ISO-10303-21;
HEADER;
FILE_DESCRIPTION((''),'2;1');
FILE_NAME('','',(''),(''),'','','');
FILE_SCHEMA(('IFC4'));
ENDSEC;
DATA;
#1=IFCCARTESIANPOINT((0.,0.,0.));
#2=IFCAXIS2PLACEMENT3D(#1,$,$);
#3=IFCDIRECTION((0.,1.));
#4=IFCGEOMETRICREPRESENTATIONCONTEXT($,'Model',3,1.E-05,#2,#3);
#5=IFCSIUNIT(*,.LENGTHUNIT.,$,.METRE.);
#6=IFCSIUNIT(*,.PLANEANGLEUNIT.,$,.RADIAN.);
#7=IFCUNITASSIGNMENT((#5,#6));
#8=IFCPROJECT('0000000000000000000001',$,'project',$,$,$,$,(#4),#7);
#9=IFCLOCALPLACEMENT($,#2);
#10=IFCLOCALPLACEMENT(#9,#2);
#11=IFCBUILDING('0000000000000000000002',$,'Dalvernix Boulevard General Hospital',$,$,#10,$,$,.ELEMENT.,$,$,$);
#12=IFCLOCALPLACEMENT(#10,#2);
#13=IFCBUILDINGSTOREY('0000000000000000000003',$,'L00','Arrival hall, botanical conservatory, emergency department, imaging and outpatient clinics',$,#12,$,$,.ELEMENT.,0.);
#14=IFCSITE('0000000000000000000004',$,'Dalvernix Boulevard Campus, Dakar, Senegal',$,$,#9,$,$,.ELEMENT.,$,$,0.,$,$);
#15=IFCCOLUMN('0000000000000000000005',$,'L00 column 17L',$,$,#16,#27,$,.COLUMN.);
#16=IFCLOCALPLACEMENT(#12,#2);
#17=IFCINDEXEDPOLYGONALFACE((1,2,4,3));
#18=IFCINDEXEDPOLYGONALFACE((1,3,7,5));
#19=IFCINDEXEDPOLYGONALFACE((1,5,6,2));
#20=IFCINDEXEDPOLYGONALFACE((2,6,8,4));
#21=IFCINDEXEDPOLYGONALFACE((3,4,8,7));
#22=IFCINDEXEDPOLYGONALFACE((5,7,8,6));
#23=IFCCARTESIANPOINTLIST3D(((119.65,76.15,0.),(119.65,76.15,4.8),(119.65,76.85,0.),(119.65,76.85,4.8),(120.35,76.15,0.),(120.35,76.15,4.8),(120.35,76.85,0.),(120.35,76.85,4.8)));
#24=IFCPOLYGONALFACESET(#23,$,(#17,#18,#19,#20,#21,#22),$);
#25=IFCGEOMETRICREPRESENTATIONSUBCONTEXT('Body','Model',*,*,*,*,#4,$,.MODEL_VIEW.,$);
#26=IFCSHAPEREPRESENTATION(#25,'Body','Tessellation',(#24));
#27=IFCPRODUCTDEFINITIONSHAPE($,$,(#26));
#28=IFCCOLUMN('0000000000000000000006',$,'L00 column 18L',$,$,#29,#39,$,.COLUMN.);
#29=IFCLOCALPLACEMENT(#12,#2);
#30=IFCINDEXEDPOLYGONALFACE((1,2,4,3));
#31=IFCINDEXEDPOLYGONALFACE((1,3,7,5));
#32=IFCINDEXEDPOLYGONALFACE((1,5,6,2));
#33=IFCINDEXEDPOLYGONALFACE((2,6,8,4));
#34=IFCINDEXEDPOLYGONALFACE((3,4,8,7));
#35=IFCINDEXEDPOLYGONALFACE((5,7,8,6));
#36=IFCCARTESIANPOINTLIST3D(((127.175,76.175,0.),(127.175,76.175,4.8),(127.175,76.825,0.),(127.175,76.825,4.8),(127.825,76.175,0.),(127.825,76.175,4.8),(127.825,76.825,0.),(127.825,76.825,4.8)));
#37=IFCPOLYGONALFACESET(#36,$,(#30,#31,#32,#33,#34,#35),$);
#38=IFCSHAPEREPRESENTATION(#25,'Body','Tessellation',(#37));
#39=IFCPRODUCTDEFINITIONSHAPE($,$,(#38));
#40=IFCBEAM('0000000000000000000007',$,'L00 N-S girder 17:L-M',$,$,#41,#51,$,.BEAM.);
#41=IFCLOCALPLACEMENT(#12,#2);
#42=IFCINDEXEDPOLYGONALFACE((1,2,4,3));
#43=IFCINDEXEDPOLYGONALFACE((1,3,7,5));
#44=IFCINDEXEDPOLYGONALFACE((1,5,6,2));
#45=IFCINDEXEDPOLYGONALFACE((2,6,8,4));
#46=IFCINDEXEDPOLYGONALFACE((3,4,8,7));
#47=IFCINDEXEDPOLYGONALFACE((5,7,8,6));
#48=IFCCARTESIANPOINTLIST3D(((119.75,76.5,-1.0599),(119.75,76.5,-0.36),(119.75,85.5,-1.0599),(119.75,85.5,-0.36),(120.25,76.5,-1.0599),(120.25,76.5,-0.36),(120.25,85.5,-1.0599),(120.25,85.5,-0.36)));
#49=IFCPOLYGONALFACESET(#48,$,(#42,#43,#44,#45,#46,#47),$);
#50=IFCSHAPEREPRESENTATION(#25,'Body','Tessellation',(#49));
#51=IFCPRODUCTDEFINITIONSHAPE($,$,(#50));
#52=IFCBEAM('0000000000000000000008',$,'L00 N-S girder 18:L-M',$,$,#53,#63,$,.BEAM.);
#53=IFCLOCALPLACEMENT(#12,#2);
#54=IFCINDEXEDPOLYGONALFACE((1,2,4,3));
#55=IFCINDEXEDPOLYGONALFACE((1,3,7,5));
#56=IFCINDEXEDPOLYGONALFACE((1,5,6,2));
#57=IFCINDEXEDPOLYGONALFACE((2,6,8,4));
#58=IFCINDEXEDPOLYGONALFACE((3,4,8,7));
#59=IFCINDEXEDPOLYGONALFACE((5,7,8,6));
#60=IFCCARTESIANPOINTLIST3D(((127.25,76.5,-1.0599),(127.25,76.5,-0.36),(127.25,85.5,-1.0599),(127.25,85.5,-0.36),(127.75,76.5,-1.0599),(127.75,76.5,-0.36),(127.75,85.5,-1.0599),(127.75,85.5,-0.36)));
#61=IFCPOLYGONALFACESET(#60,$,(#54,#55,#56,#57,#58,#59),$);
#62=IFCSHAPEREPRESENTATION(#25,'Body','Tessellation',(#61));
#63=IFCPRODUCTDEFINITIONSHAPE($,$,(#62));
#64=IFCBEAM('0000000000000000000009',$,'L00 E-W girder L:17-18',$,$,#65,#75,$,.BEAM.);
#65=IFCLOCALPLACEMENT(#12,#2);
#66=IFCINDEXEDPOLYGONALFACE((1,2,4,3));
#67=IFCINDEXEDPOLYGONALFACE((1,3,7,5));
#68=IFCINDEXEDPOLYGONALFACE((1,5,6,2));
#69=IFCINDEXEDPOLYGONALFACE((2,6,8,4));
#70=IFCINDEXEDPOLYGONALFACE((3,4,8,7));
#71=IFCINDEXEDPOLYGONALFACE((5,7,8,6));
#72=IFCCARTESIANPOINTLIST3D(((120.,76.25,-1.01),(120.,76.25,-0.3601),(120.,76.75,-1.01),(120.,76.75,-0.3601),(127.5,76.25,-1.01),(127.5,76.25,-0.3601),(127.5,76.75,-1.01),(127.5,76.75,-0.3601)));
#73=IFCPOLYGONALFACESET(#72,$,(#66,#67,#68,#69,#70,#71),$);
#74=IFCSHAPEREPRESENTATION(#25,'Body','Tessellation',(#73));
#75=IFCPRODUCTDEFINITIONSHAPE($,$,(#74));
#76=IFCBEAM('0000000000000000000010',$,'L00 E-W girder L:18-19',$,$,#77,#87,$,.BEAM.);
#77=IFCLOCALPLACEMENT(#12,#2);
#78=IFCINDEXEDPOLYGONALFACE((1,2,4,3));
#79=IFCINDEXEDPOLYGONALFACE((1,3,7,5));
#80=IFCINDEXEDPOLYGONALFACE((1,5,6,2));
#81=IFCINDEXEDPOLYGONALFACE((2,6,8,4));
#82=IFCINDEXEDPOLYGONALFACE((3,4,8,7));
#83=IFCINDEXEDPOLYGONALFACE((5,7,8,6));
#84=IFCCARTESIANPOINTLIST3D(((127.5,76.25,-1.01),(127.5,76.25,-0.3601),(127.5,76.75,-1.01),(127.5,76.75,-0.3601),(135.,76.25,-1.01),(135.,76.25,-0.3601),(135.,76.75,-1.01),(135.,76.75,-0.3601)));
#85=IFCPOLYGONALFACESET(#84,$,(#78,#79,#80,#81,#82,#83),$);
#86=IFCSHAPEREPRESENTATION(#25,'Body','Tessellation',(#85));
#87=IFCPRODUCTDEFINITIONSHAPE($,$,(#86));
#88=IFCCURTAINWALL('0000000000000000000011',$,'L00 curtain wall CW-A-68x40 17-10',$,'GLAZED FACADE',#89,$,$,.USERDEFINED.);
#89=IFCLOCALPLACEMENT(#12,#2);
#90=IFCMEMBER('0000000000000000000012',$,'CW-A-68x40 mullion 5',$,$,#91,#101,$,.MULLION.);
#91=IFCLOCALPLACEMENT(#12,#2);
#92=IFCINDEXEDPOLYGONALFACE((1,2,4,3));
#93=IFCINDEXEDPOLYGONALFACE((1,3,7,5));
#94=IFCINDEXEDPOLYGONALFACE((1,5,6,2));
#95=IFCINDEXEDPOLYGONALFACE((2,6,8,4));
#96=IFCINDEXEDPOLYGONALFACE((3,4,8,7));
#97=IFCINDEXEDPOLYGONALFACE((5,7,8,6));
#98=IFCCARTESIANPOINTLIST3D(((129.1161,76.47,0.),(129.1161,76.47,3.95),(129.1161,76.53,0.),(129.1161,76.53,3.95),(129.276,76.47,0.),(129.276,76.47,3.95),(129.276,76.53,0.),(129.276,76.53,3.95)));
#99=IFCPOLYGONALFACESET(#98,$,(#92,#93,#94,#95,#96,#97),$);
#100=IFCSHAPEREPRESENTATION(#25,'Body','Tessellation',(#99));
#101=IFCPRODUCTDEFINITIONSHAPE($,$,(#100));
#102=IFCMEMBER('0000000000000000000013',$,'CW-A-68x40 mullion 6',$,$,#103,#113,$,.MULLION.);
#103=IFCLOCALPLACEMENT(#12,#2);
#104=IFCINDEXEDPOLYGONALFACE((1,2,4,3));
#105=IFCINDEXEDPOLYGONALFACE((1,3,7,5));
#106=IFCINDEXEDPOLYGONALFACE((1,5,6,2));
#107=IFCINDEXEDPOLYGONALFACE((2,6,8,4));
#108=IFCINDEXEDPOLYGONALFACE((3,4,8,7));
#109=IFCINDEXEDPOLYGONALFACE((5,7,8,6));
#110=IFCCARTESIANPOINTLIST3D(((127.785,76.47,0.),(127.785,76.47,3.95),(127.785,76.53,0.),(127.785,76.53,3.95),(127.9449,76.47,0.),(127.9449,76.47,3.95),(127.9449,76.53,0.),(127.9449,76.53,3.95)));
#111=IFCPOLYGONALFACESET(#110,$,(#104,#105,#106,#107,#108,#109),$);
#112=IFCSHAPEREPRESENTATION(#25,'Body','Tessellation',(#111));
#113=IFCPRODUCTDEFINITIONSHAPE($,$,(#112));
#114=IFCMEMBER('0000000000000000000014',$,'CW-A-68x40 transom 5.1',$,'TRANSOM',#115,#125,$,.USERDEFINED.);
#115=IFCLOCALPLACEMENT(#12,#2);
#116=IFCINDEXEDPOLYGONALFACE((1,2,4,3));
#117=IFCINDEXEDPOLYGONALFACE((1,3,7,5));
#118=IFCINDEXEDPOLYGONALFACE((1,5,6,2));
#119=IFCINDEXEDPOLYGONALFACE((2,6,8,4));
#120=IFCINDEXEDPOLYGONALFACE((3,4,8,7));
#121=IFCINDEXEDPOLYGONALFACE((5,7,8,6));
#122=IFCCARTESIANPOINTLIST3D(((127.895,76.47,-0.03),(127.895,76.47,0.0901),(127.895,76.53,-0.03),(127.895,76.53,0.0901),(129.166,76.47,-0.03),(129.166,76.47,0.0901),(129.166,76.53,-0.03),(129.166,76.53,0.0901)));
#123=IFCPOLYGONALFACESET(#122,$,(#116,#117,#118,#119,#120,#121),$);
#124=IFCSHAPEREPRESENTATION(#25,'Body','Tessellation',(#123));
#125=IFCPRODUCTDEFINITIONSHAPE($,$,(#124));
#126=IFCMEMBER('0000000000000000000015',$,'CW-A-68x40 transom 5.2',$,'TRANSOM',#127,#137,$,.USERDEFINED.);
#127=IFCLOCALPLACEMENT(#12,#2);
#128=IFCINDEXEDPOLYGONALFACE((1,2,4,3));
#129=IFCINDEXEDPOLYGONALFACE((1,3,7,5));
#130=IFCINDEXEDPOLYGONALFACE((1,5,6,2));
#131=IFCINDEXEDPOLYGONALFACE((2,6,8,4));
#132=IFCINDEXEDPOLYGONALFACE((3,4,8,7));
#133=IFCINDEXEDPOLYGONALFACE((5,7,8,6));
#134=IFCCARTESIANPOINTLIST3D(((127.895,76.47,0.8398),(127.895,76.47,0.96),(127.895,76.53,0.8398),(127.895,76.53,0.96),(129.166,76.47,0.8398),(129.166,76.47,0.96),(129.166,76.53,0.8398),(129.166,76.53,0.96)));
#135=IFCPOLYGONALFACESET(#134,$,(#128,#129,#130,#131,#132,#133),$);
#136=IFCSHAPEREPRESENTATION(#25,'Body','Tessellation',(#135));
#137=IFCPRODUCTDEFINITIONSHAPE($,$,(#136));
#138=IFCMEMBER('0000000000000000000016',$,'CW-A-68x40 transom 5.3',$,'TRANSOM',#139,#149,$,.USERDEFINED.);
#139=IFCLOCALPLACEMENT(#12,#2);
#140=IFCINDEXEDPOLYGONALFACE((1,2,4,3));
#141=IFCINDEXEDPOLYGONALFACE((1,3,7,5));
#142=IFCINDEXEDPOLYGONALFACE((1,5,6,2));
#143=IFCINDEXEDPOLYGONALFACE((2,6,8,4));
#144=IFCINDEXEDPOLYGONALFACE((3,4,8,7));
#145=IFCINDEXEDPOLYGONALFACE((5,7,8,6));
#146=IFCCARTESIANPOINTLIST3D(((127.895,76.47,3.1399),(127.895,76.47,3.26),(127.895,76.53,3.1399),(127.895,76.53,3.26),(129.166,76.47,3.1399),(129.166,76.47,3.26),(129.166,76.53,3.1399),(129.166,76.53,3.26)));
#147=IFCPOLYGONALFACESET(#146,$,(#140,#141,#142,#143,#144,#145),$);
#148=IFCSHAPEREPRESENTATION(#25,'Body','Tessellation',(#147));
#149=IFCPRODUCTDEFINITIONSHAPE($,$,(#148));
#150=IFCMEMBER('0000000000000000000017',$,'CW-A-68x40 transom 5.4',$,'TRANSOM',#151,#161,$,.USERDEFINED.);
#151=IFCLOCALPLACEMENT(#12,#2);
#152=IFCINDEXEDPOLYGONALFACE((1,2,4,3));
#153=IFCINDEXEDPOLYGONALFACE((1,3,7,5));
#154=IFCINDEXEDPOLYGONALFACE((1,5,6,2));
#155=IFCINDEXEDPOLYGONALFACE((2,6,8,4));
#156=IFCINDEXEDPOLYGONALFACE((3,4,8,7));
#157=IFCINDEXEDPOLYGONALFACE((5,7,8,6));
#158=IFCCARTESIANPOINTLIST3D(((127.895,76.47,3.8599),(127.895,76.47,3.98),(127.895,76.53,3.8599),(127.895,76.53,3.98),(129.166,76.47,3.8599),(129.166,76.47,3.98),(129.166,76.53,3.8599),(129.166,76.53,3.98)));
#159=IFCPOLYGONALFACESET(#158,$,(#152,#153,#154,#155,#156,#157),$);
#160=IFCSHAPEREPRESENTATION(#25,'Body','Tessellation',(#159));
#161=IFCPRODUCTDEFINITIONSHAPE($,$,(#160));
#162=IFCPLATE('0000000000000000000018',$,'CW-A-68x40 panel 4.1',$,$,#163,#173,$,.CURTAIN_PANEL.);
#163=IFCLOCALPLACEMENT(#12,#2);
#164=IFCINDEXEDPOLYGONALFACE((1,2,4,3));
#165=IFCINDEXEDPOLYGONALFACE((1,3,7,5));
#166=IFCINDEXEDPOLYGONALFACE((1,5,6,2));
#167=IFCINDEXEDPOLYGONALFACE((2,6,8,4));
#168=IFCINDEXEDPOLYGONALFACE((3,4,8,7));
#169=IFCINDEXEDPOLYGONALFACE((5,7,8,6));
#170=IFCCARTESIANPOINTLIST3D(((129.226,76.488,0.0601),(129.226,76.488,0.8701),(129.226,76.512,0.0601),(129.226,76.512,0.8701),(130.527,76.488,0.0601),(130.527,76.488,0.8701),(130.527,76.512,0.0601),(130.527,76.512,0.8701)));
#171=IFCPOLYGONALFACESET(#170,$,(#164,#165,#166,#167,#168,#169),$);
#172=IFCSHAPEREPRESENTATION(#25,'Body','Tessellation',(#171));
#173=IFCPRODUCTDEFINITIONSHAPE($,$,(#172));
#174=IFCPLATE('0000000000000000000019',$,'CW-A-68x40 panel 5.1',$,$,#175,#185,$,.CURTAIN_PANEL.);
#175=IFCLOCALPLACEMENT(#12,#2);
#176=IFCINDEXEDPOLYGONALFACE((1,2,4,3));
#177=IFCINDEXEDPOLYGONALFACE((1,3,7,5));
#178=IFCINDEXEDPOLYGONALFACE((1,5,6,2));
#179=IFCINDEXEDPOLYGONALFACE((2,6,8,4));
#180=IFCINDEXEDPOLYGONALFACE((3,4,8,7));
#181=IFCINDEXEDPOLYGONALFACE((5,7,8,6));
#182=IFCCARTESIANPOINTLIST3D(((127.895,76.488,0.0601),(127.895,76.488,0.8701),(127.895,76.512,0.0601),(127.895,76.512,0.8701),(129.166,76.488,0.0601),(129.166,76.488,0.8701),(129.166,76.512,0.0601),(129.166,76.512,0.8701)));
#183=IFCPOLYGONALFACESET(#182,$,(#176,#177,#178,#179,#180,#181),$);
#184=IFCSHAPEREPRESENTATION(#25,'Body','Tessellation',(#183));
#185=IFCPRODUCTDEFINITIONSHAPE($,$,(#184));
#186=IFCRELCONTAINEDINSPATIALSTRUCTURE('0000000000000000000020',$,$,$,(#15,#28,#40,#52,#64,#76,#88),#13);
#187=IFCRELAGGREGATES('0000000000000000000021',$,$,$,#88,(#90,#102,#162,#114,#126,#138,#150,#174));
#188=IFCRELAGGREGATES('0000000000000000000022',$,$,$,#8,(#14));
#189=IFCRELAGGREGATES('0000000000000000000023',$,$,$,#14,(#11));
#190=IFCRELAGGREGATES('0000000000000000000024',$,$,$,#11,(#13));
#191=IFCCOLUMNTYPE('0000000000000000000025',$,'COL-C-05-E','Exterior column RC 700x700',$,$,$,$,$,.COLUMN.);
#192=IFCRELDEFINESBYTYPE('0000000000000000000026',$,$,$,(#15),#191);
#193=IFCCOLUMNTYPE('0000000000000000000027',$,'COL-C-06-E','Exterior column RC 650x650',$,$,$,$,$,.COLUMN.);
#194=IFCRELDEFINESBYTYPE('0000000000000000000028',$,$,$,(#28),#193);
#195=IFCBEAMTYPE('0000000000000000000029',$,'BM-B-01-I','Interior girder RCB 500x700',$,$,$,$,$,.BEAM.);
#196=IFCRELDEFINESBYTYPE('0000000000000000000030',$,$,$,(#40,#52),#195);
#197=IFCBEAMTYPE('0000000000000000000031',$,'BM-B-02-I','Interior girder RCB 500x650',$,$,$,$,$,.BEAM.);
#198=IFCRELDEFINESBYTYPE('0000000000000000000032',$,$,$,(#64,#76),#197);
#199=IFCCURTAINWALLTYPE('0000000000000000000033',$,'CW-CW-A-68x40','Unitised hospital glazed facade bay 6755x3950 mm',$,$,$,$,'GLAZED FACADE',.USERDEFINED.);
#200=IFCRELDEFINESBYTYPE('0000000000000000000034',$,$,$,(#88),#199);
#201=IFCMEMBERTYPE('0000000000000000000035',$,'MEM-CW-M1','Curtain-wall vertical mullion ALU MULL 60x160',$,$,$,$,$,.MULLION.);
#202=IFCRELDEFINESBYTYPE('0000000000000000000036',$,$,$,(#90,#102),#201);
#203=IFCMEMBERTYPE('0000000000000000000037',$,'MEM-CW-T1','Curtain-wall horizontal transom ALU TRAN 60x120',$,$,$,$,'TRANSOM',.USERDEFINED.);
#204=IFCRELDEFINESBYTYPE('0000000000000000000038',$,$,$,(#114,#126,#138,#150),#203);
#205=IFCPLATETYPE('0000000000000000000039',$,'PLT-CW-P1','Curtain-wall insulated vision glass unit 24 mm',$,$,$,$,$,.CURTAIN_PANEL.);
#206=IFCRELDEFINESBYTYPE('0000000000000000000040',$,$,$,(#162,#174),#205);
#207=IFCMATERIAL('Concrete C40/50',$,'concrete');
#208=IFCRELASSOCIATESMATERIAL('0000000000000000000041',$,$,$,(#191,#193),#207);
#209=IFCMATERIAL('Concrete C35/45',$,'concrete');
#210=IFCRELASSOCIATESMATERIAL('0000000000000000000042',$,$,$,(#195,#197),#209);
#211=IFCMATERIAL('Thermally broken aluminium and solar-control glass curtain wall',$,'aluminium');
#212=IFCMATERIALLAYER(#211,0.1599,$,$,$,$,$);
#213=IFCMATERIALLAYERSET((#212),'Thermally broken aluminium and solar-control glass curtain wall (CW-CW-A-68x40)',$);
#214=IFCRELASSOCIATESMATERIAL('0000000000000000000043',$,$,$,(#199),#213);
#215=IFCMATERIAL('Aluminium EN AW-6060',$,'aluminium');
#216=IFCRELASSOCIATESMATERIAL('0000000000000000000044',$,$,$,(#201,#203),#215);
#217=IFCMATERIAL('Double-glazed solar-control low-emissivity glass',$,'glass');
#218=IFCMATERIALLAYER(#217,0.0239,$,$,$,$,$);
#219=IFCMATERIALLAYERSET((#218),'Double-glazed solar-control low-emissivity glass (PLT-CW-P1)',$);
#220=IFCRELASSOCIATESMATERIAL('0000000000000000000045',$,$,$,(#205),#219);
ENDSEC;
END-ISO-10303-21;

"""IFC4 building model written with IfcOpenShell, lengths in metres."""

from ifc_helpers import new_model, si_unit, direction, frame, origin, origin_2d, place, context, subcontext, project, spatial, rectangle, extrude, material, layer, layer_set, material_profile, profile_set, type_object, element, aggregate, save


model = new_model("IFC4")

# Units and contexts
model_context = context("Model", 3, precision=1e-05, world=origin(), true_north=direction((0.0, 1.0)))
body_context = subcontext(model_context, "Body", "Model", "MODEL_VIEW")
ifc_project = project(units=[si_unit("LENGTHUNIT", "METRE"), si_unit("PLANEANGLEUNIT", "RADIAN")], contexts=[model_context])

# Site, building, storey
site_placement = place(None, origin())
site = spatial("IfcSite", under=ifc_project, at=site_placement, Name="Dalvernix Boulevard Campus, Dakar, Senegal", CompositionType="ELEMENT", RefElevation=0.0)
building_placement = place(site_placement, origin())
building = spatial("IfcBuilding", under=site, at=building_placement, Name="Dalvernix Boulevard General Hospital", CompositionType="ELEMENT")
storey_placement = place(building_placement, origin())
storey = spatial("IfcBuildingStorey", under=building, at=storey_placement, Name="L00", Description="Arrival hall, botanical conservatory, emergency department, imaging and outpatient clinics", CompositionType="ELEMENT", Elevation=0.0)

# Columns
ifc_material_1 = material(Name="Concrete C40/50", Category="concrete")
ifc_material_profile_1 = material_profile(ifc_material_1, rectangle(XDim=0.7, YDim=0.7, at=origin_2d()), Name="RC 700x700")
ifc_profile_set_1 = profile_set([ifc_material_profile_1], Name="Concrete C40/50")
column_type_1 = type_object("IfcColumnType", Name="COL-C-05-E", Description="Exterior column RC 700x700", PredefinedType="COLUMN", material=ifc_profile_set_1)
column_1_placement = place(storey_placement, frame((120.0, 76.5, 0.0), z_axis=(0.0, 0.0, 1.0), x_axis=(1.0, 0.0, 0.0)))
element("IfcColumn", 1, at=column_1_placement, inside=storey, type_object=column_type_1, Name="L00 column 17L", PredefinedType="COLUMN", context=body_context, shape_type="SweptSolid", body=[
    extrude(rectangle(XDim=0.7, YDim=0.7, at=origin_2d()), origin(), (0.0, 0.0, 1.0), 4.8),
])
ifc_material_profile_2 = material_profile(ifc_material_1, rectangle(XDim=0.6499, YDim=0.6499, at=origin_2d()), Name="RC 650x650")
ifc_profile_set_2 = profile_set([ifc_material_profile_2], Name="Concrete C40/50")
column_type_2 = type_object("IfcColumnType", Name="COL-C-06-E", Description="Exterior column RC 650x650", PredefinedType="COLUMN", material=ifc_profile_set_2)
column_2_placement = place(storey_placement, frame((127.5, 76.5, 0.0), z_axis=(0.0, 0.0, 1.0), x_axis=(1.0, 0.0, 0.0)))
element("IfcColumn", 2, at=column_2_placement, inside=storey, type_object=column_type_2, Name="L00 column 18L", PredefinedType="COLUMN", context=body_context, shape_type="SweptSolid", body=[
    extrude(rectangle(XDim=0.6499, YDim=0.6499, at=origin_2d()), origin(), (0.0, 0.0, 1.0), 4.8),
])

# Beams
ifc_material_2 = material(Name="Concrete C35/45", Category="concrete")
ifc_material_profile_3 = material_profile(ifc_material_2, rectangle(XDim=0.5, YDim=0.7, at=origin_2d()), Name="RCB 500x700")
ifc_profile_set_3 = profile_set([ifc_material_profile_3], Name="Concrete C35/45")
beam_type_1 = type_object("IfcBeamType", Name="BM-B-01-I", Description="Interior girder RCB 500x700", PredefinedType="BEAM", material=ifc_profile_set_3)
for number, where, z_axis, x_axis, name in (
    (3, (120.0, 76.5, -0.71), (0.0, 1.0, 0.0), (-1.0, 0.0, 0.0), "L00 N-S girder 17:L-M"),
    (4, (127.5, 76.5, -0.71), (0.0, 1.0, 0.0), (-1.0, 0.0, 0.0), "L00 N-S girder 18:L-M"),
):
    element("IfcBeam", number, at=place(storey_placement, frame(where, z_axis=z_axis, x_axis=x_axis)), inside=storey, type_object=beam_type_1, Name=name, PredefinedType="BEAM", context=body_context, shape_type="SweptSolid", body=[
        extrude(rectangle(XDim=0.5, YDim=0.7, at=origin_2d()), origin(), (0.0, 0.0, 1.0), 9.0),
    ])
ifc_material_profile_4 = material_profile(ifc_material_2, rectangle(XDim=0.5, YDim=0.6499, at=origin_2d()), Name="RCB 500x650")
ifc_profile_set_4 = profile_set([ifc_material_profile_4], Name="Concrete C35/45")
beam_type_2 = type_object("IfcBeamType", Name="BM-B-02-I", Description="Interior girder RCB 500x650", PredefinedType="BEAM", material=ifc_profile_set_4)
for number, where, z_axis, x_axis, name in (
    (5, (120.0, 76.5, -0.6851), (1.0, 0.0, 0.0), (0.0, 1.0, 0.0), "L00 E-W girder L:17-18"),
    (6, (127.5, 76.5, -0.6851), (1.0, 0.0, 0.0), (0.0, 1.0, 0.0), "L00 E-W girder L:18-19"),
):
    element("IfcBeam", number, at=place(storey_placement, frame(where, z_axis=z_axis, x_axis=x_axis)), inside=storey, type_object=beam_type_2, Name=name, PredefinedType="BEAM", context=body_context, shape_type="SweptSolid", body=[
        extrude(rectangle(XDim=0.5, YDim=0.6499, at=origin_2d()), origin(), (0.0, 0.0, 1.0), 7.5),
    ])

# Curtain wall, members, plates
ifc_material_3 = material(Name="Thermally broken aluminium and solar-control glass curtain wall", Category="aluminium")
ifc_layer_1 = layer(ifc_material_3, 0.1599)
ifc_layer_set_1 = layer_set([ifc_layer_1], Name="Thermally broken aluminium and solar-control glass curtain wall (CW-CW-A-68x40)")
curtain_wall_type = type_object("IfcCurtainWallType", Name="CW-CW-A-68x40", Description="Unitised hospital glazed facade bay 6755x3950 mm", ElementType="GLAZED FACADE", PredefinedType="USERDEFINED", material=ifc_layer_set_1)
curtain_wall_placement = place(storey_placement, origin())
curtain_wall = element("IfcCurtainWall", 7, at=curtain_wall_placement, inside=storey, type_object=curtain_wall_type, Name="L00 curtain wall CW-A-68x40 17-10", ObjectType="GLAZED FACADE", PredefinedType="USERDEFINED")
ifc_material_4 = material(Name="Aluminium EN AW-6060", Category="aluminium")
ifc_material_profile_5 = material_profile(ifc_material_4, rectangle(XDim=0.0601, YDim=0.1599, at=origin_2d()), Name="ALU MULL 60x160")
ifc_profile_set_5 = profile_set([ifc_material_profile_5], Name="Aluminium EN AW-6060")
member_type_1 = type_object("IfcMemberType", Name="MEM-CW-M1", Description="Curtain-wall vertical mullion ALU MULL 60x160", PredefinedType="MULLION", material=ifc_profile_set_5)
member_1_placement = place(storey_placement, frame((129.196, 76.5, 0.0), z_axis=(0.0, 0.0, 1.0), x_axis=(0.0, -1.0, 0.0)))
member_1 = element("IfcMember", 8, at=member_1_placement, type_object=member_type_1, Name="CW-A-68x40 mullion 5", PredefinedType="MULLION", context=body_context, shape_type="SweptSolid", body=[
    extrude(rectangle(XDim=0.0601, YDim=0.1599, at=origin_2d()), origin(), (0.0, 0.0, 1.0), 3.95),
])
member_2_placement = place(storey_placement, frame((127.865, 76.5, 0.0), z_axis=(0.0, 0.0, 1.0), x_axis=(0.0, -1.0, 0.0)))
member_2 = element("IfcMember", 9, at=member_2_placement, type_object=member_type_1, Name="CW-A-68x40 mullion 6", PredefinedType="MULLION", context=body_context, shape_type="SweptSolid", body=[
    extrude(rectangle(XDim=0.0601, YDim=0.1599, at=origin_2d()), origin(), (0.0, 0.0, 1.0), 3.95),
])
ifc_material_profile_6 = material_profile(ifc_material_4, rectangle(XDim=0.0601, YDim=0.1201, at=origin_2d()), Name="ALU TRAN 60x120")
ifc_profile_set_6 = profile_set([ifc_material_profile_6], Name="Aluminium EN AW-6060")
member_type_2 = type_object("IfcMemberType", Name="MEM-CW-T1", Description="Curtain-wall horizontal transom ALU TRAN 60x120", ElementType="TRANSOM", PredefinedType="USERDEFINED", material=ifc_profile_set_6)
member_3_placement = place(storey_placement, frame((129.166, 76.5, 0.03), z_axis=(-1.0, 0.0, 0.0), x_axis=(0.0, -1.0, 0.0)))
member_3 = element("IfcMember", 10, at=member_3_placement, type_object=member_type_2, Name="CW-A-68x40 transom 5.1", ObjectType="TRANSOM", PredefinedType="USERDEFINED", context=body_context, shape_type="SweptSolid", body=[
    extrude(rectangle(XDim=0.0601, YDim=0.1201, at=origin_2d()), origin(), (0.0, 0.0, 1.0), 1.271),
])
member_4_placement = place(storey_placement, frame((129.166, 76.5, 0.8999), z_axis=(-1.0, 0.0, 0.0), x_axis=(0.0, -1.0, 0.0)))
member_4 = element("IfcMember", 11, at=member_4_placement, type_object=member_type_2, Name="CW-A-68x40 transom 5.2", ObjectType="TRANSOM", PredefinedType="USERDEFINED", context=body_context, shape_type="SweptSolid", body=[
    extrude(rectangle(XDim=0.0601, YDim=0.1201, at=origin_2d()), origin(), (0.0, 0.0, 1.0), 1.271),
])
member_5_placement = place(storey_placement, frame((129.166, 76.5, 3.2), z_axis=(-1.0, 0.0, 0.0), x_axis=(0.0, -1.0, 0.0)))
member_5 = element("IfcMember", 12, at=member_5_placement, type_object=member_type_2, Name="CW-A-68x40 transom 5.3", ObjectType="TRANSOM", PredefinedType="USERDEFINED", context=body_context, shape_type="SweptSolid", body=[
    extrude(rectangle(XDim=0.0601, YDim=0.1201, at=origin_2d()), origin(), (0.0, 0.0, 1.0), 1.271),
])
member_6_placement = place(storey_placement, frame((129.166, 76.5, 3.9199), z_axis=(-1.0, 0.0, 0.0), x_axis=(0.0, -1.0, 0.0)))
member_6 = element("IfcMember", 13, at=member_6_placement, type_object=member_type_2, Name="CW-A-68x40 transom 5.4", ObjectType="TRANSOM", PredefinedType="USERDEFINED", context=body_context, shape_type="SweptSolid", body=[
    extrude(rectangle(XDim=0.0601, YDim=0.1201, at=origin_2d()), origin(), (0.0, 0.0, 1.0), 1.271),
])
ifc_material_5 = material(Name="Double-glazed solar-control low-emissivity glass", Category="glass")
ifc_layer_2 = layer(ifc_material_5, 0.0239)
ifc_layer_set_2 = layer_set([ifc_layer_2], Name="Double-glazed solar-control low-emissivity glass (PLT-CW-P1)")
plate_type = type_object("IfcPlateType", Name="PLT-CW-P1", Description="Curtain-wall insulated vision glass unit 24 mm", PredefinedType="CURTAIN_PANEL", material=ifc_layer_set_2)
plate_1_placement = place(storey_placement, frame((129.8765, 76.5, 0.0601), z_axis=(0.0, 0.0, 1.0), x_axis=(-1.0, 0.0, 0.0)))
plate_1 = element("IfcPlate", 14, at=plate_1_placement, type_object=plate_type, Name="CW-A-68x40 panel 4.1", PredefinedType="CURTAIN_PANEL", context=body_context, shape_type="SweptSolid", body=[
    extrude(rectangle(XDim=1.301, YDim=0.0239, at=origin_2d()), origin(), (0.0, 0.0, 1.0), 0.8101),
])
plate_2_placement = place(storey_placement, frame((128.5305, 76.5, 0.0601), z_axis=(0.0, 0.0, 1.0), x_axis=(-1.0, 0.0, 0.0)))
plate_2 = element("IfcPlate", 15, at=plate_2_placement, type_object=plate_type, Name="CW-A-68x40 panel 5.1", PredefinedType="CURTAIN_PANEL", context=body_context, shape_type="SweptSolid", body=[
    extrude(rectangle(XDim=1.271, YDim=0.0239, at=origin_2d()), origin(), (0.0, 0.0, 1.0), 0.8101),
])
aggregate(curtain_wall, [member_1, member_2, plate_1, member_3, member_4, member_5, member_6, plate_2])

save(model, "model.ifc")
